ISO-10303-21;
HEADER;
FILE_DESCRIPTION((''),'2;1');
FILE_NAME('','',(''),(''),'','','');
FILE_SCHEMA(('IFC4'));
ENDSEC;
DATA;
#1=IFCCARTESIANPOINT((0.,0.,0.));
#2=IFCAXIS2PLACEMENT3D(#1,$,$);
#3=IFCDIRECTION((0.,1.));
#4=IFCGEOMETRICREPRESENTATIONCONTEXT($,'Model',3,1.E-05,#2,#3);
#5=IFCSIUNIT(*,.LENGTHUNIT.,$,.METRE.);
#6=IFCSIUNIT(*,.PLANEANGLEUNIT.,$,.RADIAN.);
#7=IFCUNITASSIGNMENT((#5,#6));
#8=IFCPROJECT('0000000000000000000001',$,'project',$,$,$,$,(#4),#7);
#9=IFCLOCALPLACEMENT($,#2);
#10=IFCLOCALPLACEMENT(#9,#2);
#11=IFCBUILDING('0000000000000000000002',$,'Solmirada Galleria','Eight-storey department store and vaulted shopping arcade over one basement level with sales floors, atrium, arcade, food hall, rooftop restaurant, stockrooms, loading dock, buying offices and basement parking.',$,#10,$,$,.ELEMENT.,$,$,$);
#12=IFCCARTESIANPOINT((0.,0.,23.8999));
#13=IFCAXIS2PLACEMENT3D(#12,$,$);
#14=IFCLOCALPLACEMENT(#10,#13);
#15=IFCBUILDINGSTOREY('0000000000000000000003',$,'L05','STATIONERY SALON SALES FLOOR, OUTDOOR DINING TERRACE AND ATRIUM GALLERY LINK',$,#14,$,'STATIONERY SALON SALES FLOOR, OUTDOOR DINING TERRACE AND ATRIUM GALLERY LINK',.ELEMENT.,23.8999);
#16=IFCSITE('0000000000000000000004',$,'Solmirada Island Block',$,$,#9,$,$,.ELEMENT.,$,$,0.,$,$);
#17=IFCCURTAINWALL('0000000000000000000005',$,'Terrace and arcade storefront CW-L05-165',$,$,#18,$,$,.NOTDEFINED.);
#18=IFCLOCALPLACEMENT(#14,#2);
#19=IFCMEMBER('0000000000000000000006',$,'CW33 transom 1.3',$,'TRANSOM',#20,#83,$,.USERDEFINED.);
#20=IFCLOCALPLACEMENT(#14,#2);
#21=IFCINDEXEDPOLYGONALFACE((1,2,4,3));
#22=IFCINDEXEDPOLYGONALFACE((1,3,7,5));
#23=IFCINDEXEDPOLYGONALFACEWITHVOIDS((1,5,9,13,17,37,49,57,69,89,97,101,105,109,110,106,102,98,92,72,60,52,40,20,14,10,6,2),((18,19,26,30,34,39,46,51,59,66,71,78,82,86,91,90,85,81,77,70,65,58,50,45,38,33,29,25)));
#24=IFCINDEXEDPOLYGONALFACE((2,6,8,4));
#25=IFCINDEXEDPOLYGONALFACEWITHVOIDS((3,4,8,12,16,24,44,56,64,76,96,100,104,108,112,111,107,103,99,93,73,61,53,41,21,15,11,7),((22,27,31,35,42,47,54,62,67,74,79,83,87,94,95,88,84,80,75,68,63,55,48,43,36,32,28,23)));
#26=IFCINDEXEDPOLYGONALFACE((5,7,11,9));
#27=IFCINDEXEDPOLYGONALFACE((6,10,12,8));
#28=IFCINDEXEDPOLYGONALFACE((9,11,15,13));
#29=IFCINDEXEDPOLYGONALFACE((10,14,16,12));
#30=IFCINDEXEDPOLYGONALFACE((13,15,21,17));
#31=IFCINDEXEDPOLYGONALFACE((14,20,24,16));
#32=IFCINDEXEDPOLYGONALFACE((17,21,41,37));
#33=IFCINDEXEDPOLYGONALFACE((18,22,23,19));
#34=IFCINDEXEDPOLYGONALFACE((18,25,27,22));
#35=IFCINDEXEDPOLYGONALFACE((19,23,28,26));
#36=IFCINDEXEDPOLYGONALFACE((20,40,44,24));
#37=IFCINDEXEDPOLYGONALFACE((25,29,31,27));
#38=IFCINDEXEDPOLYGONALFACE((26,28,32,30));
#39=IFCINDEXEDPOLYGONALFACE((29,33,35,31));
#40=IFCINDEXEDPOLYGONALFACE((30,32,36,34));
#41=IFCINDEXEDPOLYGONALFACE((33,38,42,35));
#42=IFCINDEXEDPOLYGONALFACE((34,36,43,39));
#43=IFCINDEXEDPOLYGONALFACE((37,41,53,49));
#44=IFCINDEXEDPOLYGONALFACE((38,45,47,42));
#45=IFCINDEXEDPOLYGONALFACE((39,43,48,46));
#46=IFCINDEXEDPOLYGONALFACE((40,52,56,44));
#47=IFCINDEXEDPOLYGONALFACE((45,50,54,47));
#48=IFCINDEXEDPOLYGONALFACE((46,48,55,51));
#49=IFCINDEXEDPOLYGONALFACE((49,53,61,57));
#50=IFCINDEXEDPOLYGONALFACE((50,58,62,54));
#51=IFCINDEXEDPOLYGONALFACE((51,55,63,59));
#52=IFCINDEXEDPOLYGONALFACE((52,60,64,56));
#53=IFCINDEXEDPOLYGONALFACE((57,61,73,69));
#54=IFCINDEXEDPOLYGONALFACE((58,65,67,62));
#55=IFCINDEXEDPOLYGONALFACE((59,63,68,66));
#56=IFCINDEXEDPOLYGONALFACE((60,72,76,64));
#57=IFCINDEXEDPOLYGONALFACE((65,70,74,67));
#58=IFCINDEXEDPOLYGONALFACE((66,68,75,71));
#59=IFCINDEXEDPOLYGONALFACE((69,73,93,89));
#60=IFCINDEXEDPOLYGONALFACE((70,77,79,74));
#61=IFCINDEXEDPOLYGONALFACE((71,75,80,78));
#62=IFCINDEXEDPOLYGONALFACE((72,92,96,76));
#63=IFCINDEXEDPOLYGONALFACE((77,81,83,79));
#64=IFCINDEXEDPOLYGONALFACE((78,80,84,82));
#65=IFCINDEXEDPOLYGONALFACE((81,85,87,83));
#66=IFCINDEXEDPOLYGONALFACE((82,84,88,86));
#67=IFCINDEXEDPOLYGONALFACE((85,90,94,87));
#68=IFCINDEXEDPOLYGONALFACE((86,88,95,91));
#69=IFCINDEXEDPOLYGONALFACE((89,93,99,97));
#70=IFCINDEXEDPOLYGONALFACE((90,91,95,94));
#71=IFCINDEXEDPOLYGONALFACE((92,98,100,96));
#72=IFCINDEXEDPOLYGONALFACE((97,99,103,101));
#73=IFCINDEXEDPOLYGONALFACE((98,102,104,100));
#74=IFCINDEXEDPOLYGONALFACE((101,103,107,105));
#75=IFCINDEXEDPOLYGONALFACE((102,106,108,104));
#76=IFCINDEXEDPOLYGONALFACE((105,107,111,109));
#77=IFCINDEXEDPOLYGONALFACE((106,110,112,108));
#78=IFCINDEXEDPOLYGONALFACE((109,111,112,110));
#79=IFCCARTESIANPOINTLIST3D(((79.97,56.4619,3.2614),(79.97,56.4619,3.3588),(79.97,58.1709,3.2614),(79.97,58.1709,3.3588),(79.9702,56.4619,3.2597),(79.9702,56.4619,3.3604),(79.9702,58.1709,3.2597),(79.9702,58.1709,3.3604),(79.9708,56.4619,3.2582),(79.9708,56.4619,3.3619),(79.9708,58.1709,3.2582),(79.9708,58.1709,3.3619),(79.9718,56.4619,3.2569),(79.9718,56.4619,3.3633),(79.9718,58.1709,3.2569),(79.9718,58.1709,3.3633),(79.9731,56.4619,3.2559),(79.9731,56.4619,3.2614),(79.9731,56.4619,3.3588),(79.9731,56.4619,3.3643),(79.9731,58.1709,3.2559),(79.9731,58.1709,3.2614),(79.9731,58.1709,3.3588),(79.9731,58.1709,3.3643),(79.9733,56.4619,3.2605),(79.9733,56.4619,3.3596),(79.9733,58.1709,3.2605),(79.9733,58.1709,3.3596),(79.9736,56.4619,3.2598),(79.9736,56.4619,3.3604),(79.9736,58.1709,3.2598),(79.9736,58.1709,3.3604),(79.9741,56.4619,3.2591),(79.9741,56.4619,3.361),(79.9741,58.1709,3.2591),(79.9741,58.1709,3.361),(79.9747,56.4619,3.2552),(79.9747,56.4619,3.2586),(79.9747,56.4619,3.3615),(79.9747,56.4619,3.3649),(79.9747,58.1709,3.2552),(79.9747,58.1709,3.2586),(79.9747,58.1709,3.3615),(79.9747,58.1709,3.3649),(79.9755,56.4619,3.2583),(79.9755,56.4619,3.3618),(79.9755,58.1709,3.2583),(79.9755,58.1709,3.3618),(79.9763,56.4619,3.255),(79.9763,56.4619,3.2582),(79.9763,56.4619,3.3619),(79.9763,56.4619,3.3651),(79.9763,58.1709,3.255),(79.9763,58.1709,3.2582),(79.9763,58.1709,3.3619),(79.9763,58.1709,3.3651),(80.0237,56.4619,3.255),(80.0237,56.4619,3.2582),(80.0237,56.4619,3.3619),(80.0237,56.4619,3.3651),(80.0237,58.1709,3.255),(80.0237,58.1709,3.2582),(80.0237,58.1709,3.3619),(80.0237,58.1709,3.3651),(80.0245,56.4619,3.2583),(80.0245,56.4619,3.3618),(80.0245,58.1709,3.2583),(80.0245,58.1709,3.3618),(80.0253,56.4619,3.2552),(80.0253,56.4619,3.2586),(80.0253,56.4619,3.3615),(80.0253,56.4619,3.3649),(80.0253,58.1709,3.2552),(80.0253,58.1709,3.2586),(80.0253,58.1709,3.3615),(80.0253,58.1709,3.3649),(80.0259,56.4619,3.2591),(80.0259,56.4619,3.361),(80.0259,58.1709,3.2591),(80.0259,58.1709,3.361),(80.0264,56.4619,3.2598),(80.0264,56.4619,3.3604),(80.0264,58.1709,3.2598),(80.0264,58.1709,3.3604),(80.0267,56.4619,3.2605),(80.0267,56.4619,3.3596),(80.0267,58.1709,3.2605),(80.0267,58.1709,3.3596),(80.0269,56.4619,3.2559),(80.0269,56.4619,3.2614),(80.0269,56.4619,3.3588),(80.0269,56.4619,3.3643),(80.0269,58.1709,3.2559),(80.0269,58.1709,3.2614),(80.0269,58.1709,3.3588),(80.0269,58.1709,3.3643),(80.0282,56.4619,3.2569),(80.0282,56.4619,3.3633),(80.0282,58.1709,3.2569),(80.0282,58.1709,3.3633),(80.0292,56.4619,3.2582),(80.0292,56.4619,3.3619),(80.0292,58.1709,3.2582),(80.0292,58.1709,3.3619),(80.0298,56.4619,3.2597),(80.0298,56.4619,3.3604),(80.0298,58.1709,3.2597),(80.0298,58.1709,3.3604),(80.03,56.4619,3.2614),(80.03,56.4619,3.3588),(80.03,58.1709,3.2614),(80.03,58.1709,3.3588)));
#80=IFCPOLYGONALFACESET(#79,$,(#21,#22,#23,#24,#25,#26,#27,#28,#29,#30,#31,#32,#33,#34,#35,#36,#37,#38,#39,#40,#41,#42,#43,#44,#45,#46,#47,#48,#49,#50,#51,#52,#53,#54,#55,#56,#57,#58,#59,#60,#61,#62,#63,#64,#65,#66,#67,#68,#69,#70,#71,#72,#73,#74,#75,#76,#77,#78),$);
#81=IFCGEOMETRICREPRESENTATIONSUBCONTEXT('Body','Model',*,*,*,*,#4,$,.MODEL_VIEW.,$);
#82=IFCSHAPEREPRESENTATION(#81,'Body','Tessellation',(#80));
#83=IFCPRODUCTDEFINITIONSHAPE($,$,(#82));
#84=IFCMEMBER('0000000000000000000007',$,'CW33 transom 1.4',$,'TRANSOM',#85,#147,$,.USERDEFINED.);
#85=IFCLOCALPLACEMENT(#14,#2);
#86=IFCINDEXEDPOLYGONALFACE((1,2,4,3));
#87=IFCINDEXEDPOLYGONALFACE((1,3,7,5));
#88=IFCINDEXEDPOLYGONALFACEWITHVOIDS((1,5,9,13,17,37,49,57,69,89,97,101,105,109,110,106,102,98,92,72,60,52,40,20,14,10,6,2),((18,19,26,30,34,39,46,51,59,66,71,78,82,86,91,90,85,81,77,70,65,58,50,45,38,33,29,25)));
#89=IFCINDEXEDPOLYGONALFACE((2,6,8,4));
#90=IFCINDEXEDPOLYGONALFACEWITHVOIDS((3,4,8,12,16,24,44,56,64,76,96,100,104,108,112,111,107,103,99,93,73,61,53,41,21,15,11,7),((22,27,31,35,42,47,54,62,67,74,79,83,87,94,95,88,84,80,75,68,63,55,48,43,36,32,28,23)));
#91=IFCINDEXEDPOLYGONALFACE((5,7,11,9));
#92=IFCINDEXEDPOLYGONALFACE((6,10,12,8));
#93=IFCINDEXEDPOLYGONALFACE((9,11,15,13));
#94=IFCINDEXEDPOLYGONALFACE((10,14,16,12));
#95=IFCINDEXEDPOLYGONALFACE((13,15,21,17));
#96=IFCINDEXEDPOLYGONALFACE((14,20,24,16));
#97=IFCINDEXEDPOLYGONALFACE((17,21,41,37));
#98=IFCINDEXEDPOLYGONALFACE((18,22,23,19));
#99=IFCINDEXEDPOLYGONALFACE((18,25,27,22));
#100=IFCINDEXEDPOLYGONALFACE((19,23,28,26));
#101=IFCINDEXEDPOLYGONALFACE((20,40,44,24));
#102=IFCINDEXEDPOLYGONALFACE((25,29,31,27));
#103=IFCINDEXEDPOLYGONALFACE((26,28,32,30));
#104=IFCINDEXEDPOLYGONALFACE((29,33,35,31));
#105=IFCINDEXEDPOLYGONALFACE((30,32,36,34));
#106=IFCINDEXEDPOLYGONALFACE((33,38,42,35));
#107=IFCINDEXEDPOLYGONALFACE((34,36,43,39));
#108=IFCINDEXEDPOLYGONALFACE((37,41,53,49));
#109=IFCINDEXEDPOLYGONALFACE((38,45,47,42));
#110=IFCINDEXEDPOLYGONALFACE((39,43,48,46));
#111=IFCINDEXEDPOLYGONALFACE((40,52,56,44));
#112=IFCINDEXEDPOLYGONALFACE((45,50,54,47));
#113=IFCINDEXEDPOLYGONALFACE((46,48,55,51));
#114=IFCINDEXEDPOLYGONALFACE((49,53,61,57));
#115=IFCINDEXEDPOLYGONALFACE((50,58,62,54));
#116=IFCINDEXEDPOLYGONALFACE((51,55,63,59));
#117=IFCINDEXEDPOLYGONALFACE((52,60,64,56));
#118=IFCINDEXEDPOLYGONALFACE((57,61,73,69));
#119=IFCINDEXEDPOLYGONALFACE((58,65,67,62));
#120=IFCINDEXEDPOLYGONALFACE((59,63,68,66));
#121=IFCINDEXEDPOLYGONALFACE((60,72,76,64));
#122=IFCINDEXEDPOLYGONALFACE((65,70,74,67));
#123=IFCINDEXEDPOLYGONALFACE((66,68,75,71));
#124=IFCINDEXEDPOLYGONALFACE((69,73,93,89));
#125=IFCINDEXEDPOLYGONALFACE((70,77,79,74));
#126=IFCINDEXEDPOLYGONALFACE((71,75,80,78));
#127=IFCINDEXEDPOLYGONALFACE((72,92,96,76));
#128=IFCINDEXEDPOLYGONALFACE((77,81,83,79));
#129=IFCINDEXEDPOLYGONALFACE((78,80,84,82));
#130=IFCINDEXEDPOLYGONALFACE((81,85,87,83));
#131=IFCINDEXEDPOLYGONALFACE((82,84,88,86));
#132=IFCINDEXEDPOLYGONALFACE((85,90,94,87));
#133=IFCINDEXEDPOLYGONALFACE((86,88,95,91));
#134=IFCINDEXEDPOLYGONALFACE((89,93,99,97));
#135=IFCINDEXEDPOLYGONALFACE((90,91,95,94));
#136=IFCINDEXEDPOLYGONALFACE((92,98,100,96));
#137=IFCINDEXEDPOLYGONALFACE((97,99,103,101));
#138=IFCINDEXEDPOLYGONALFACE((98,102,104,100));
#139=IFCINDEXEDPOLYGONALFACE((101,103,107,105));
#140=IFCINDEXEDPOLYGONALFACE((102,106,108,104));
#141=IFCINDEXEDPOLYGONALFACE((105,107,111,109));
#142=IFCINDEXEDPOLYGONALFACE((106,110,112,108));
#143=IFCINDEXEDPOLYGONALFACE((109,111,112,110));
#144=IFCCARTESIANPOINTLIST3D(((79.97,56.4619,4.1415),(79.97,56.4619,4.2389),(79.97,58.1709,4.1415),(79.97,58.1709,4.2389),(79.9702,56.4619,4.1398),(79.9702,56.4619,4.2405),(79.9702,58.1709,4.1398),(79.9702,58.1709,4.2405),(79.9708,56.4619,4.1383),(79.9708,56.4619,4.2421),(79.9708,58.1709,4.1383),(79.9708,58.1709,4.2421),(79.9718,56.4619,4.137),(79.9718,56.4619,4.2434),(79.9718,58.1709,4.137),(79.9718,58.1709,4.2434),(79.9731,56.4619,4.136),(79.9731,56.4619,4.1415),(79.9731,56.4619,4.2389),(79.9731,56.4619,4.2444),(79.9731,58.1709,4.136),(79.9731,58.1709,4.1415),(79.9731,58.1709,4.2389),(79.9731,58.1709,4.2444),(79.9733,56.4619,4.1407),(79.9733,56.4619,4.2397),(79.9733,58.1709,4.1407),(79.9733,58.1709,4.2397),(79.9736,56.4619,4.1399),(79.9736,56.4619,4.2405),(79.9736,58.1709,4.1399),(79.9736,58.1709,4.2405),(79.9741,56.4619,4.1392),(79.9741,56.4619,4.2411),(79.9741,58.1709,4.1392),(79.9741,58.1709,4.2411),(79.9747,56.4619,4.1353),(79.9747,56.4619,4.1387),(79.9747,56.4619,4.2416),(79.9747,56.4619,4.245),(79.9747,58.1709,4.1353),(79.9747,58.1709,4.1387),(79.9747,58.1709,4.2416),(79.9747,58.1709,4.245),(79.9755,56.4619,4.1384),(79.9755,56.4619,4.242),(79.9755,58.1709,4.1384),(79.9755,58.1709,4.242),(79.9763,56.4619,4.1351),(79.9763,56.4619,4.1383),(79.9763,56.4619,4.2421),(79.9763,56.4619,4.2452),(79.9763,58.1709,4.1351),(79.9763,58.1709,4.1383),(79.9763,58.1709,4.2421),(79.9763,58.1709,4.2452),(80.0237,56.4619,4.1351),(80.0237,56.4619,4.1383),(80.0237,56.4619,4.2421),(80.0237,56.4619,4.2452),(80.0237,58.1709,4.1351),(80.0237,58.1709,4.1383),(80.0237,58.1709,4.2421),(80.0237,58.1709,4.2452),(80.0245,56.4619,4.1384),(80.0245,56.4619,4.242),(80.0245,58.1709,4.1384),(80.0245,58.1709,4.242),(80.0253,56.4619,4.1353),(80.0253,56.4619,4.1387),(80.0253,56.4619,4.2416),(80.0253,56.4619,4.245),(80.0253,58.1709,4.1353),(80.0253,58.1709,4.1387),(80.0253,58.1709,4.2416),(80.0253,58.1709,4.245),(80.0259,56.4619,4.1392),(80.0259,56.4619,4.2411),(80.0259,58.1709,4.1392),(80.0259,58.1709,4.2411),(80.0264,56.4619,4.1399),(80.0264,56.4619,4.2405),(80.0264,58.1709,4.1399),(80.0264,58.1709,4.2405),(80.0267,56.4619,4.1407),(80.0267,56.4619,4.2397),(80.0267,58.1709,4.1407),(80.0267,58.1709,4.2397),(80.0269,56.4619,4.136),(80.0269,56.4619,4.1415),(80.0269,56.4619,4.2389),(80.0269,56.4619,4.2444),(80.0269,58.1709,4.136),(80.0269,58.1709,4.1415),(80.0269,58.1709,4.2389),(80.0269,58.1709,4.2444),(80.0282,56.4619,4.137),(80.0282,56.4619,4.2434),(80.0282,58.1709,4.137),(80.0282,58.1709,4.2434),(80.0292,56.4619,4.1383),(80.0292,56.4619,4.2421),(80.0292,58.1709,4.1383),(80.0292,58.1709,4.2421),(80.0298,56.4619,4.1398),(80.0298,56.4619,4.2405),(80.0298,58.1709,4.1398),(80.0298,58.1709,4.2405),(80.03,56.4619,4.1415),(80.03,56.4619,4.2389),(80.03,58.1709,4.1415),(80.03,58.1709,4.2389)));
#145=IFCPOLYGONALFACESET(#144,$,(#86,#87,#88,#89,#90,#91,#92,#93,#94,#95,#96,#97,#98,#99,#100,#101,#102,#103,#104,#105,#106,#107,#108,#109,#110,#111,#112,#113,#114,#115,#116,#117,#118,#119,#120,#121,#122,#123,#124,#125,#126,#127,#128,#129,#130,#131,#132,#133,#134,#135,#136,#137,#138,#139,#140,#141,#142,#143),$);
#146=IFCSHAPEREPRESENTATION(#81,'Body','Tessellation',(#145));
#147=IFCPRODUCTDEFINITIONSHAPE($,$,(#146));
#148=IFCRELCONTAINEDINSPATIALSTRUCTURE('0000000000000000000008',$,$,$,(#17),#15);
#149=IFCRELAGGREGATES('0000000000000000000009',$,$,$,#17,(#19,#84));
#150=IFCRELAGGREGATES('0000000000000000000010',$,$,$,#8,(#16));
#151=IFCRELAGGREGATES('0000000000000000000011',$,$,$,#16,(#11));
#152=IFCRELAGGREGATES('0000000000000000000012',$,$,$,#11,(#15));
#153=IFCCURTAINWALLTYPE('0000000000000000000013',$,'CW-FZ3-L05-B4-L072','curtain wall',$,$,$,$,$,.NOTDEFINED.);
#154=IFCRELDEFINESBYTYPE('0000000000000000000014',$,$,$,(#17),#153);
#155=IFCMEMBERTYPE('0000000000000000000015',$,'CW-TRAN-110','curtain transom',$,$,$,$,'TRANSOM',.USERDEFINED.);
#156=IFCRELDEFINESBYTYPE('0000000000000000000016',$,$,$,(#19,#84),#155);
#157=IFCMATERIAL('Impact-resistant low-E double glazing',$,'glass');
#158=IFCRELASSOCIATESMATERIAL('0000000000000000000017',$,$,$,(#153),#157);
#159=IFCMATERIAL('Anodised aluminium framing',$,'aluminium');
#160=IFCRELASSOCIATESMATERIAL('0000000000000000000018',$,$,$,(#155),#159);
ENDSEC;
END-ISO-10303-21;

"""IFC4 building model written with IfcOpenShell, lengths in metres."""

from ifc_helpers import new_model, si_unit, direction, frame, origin, origin_2d, place, context, subcontext, project, spatial, hollow_rectangle, extrude, material, material_profile, profile_set, type_object, element, aggregate, save


model = new_model("IFC4")

# Units and contexts
model_context = context("Model", 3, precision=1e-05, world=origin(), true_north=direction((0.0, 1.0)))
body_context = subcontext(model_context, "Body", "Model", "MODEL_VIEW")
ifc_project = project(units=[si_unit("LENGTHUNIT", "METRE"), si_unit("PLANEANGLEUNIT", "RADIAN")], contexts=[model_context])

# Site, building, storey
site_placement = place(None, origin())
site = spatial("IfcSite", under=ifc_project, at=site_placement, Name="Solmirada Island Block", CompositionType="ELEMENT", RefElevation=0.0)
building_placement = place(site_placement, origin())
building = spatial("IfcBuilding", under=site, at=building_placement, Name="Solmirada Galleria", Description="Eight-storey department store and vaulted shopping arcade over one basement level with sales floors, atrium, arcade, food hall, rooftop restaurant, stockrooms, loading dock, buying offices and basement parking.", CompositionType="ELEMENT")
storey_placement = place(building_placement, frame((0.0, 0.0, 23.8999)))
storey = spatial("IfcBuildingStorey", under=building, at=storey_placement, Name="L05", Description="STATIONERY SALON SALES FLOOR, OUTDOOR DINING TERRACE AND ATRIUM GALLERY LINK", LongName="STATIONERY SALON SALES FLOOR, OUTDOOR DINING TERRACE AND ATRIUM GALLERY LINK", CompositionType="ELEMENT", Elevation=23.8999)

# Shared definitions
ifc_material_1 = material(Name="Impact-resistant low-E double glazing", Category="glass")
curtain_wall_type = type_object("IfcCurtainWallType", Name="CW-FZ3-L05-B4-L072", Description="curtain wall", PredefinedType="NOTDEFINED", material=ifc_material_1)
ifc_material_2 = material(Name="Anodised aluminium framing", Category="aluminium")

# Curtain wall, members
curtain_wall_1_placement = place(storey_placement, origin())
curtain_wall_1 = element("IfcCurtainWall", 1, at=curtain_wall_1_placement, inside=storey, type_object=curtain_wall_type, Name="Terrace and arcade storefront CW-L05-165", PredefinedType="NOTDEFINED")
ifc_material_profile_1 = material_profile(ifc_material_2, hollow_rectangle(XDim=0.0601, YDim=0.1101, WallThickness=0.0032, InnerFilletRadius=0.0032, OuterFilletRadius=0.0063, at=origin_2d()), Name="ALU-TRAN-110X60")
ifc_profile_set_1 = profile_set([ifc_material_profile_1], Name="Anodised aluminium framing")
member_type_1 = type_object("IfcMemberType", Name="CW-TRAN-110", Description="curtain transom", ElementType="TRANSOM", PredefinedType="USERDEFINED", material=ifc_profile_set_1)
member_1_placement = place(storey_placement, frame((80.0, 56.4619, 3.3101), z_axis=(0.0, 1.0, 0.0), x_axis=(-1.0, 0.0, 0.0)))
member_1 = element("IfcMember", 2, at=member_1_placement, type_object=member_type_1, Name="CW33 transom 1.3", ObjectType="TRANSOM", PredefinedType="USERDEFINED", context=body_context, shape_type="SweptSolid", body=[
    extrude(hollow_rectangle(XDim=0.0601, YDim=0.1101, WallThickness=0.0032, InnerFilletRadius=0.0032, OuterFilletRadius=0.0063, at=origin_2d()), origin(), (0.0, 0.0, 1.0), 1.709),
])
member_2_placement = place(storey_placement, frame((80.0, 56.4619, 4.1902), z_axis=(0.0, 1.0, 0.0), x_axis=(-1.0, 0.0, 0.0)))
member_2 = element("IfcMember", 3, at=member_2_placement, type_object=member_type_1, Name="CW33 transom 1.4", ObjectType="TRANSOM", PredefinedType="USERDEFINED", context=body_context, shape_type="SweptSolid", body=[
    extrude(hollow_rectangle(XDim=0.0601, YDim=0.1101, WallThickness=0.0032, InnerFilletRadius=0.0032, OuterFilletRadius=0.0063, at=origin_2d()), origin(), (0.0, 0.0, 1.0), 1.709),
])
aggregate(curtain_wall_1, [member_1, member_2])

save(model, "model.ifc")
